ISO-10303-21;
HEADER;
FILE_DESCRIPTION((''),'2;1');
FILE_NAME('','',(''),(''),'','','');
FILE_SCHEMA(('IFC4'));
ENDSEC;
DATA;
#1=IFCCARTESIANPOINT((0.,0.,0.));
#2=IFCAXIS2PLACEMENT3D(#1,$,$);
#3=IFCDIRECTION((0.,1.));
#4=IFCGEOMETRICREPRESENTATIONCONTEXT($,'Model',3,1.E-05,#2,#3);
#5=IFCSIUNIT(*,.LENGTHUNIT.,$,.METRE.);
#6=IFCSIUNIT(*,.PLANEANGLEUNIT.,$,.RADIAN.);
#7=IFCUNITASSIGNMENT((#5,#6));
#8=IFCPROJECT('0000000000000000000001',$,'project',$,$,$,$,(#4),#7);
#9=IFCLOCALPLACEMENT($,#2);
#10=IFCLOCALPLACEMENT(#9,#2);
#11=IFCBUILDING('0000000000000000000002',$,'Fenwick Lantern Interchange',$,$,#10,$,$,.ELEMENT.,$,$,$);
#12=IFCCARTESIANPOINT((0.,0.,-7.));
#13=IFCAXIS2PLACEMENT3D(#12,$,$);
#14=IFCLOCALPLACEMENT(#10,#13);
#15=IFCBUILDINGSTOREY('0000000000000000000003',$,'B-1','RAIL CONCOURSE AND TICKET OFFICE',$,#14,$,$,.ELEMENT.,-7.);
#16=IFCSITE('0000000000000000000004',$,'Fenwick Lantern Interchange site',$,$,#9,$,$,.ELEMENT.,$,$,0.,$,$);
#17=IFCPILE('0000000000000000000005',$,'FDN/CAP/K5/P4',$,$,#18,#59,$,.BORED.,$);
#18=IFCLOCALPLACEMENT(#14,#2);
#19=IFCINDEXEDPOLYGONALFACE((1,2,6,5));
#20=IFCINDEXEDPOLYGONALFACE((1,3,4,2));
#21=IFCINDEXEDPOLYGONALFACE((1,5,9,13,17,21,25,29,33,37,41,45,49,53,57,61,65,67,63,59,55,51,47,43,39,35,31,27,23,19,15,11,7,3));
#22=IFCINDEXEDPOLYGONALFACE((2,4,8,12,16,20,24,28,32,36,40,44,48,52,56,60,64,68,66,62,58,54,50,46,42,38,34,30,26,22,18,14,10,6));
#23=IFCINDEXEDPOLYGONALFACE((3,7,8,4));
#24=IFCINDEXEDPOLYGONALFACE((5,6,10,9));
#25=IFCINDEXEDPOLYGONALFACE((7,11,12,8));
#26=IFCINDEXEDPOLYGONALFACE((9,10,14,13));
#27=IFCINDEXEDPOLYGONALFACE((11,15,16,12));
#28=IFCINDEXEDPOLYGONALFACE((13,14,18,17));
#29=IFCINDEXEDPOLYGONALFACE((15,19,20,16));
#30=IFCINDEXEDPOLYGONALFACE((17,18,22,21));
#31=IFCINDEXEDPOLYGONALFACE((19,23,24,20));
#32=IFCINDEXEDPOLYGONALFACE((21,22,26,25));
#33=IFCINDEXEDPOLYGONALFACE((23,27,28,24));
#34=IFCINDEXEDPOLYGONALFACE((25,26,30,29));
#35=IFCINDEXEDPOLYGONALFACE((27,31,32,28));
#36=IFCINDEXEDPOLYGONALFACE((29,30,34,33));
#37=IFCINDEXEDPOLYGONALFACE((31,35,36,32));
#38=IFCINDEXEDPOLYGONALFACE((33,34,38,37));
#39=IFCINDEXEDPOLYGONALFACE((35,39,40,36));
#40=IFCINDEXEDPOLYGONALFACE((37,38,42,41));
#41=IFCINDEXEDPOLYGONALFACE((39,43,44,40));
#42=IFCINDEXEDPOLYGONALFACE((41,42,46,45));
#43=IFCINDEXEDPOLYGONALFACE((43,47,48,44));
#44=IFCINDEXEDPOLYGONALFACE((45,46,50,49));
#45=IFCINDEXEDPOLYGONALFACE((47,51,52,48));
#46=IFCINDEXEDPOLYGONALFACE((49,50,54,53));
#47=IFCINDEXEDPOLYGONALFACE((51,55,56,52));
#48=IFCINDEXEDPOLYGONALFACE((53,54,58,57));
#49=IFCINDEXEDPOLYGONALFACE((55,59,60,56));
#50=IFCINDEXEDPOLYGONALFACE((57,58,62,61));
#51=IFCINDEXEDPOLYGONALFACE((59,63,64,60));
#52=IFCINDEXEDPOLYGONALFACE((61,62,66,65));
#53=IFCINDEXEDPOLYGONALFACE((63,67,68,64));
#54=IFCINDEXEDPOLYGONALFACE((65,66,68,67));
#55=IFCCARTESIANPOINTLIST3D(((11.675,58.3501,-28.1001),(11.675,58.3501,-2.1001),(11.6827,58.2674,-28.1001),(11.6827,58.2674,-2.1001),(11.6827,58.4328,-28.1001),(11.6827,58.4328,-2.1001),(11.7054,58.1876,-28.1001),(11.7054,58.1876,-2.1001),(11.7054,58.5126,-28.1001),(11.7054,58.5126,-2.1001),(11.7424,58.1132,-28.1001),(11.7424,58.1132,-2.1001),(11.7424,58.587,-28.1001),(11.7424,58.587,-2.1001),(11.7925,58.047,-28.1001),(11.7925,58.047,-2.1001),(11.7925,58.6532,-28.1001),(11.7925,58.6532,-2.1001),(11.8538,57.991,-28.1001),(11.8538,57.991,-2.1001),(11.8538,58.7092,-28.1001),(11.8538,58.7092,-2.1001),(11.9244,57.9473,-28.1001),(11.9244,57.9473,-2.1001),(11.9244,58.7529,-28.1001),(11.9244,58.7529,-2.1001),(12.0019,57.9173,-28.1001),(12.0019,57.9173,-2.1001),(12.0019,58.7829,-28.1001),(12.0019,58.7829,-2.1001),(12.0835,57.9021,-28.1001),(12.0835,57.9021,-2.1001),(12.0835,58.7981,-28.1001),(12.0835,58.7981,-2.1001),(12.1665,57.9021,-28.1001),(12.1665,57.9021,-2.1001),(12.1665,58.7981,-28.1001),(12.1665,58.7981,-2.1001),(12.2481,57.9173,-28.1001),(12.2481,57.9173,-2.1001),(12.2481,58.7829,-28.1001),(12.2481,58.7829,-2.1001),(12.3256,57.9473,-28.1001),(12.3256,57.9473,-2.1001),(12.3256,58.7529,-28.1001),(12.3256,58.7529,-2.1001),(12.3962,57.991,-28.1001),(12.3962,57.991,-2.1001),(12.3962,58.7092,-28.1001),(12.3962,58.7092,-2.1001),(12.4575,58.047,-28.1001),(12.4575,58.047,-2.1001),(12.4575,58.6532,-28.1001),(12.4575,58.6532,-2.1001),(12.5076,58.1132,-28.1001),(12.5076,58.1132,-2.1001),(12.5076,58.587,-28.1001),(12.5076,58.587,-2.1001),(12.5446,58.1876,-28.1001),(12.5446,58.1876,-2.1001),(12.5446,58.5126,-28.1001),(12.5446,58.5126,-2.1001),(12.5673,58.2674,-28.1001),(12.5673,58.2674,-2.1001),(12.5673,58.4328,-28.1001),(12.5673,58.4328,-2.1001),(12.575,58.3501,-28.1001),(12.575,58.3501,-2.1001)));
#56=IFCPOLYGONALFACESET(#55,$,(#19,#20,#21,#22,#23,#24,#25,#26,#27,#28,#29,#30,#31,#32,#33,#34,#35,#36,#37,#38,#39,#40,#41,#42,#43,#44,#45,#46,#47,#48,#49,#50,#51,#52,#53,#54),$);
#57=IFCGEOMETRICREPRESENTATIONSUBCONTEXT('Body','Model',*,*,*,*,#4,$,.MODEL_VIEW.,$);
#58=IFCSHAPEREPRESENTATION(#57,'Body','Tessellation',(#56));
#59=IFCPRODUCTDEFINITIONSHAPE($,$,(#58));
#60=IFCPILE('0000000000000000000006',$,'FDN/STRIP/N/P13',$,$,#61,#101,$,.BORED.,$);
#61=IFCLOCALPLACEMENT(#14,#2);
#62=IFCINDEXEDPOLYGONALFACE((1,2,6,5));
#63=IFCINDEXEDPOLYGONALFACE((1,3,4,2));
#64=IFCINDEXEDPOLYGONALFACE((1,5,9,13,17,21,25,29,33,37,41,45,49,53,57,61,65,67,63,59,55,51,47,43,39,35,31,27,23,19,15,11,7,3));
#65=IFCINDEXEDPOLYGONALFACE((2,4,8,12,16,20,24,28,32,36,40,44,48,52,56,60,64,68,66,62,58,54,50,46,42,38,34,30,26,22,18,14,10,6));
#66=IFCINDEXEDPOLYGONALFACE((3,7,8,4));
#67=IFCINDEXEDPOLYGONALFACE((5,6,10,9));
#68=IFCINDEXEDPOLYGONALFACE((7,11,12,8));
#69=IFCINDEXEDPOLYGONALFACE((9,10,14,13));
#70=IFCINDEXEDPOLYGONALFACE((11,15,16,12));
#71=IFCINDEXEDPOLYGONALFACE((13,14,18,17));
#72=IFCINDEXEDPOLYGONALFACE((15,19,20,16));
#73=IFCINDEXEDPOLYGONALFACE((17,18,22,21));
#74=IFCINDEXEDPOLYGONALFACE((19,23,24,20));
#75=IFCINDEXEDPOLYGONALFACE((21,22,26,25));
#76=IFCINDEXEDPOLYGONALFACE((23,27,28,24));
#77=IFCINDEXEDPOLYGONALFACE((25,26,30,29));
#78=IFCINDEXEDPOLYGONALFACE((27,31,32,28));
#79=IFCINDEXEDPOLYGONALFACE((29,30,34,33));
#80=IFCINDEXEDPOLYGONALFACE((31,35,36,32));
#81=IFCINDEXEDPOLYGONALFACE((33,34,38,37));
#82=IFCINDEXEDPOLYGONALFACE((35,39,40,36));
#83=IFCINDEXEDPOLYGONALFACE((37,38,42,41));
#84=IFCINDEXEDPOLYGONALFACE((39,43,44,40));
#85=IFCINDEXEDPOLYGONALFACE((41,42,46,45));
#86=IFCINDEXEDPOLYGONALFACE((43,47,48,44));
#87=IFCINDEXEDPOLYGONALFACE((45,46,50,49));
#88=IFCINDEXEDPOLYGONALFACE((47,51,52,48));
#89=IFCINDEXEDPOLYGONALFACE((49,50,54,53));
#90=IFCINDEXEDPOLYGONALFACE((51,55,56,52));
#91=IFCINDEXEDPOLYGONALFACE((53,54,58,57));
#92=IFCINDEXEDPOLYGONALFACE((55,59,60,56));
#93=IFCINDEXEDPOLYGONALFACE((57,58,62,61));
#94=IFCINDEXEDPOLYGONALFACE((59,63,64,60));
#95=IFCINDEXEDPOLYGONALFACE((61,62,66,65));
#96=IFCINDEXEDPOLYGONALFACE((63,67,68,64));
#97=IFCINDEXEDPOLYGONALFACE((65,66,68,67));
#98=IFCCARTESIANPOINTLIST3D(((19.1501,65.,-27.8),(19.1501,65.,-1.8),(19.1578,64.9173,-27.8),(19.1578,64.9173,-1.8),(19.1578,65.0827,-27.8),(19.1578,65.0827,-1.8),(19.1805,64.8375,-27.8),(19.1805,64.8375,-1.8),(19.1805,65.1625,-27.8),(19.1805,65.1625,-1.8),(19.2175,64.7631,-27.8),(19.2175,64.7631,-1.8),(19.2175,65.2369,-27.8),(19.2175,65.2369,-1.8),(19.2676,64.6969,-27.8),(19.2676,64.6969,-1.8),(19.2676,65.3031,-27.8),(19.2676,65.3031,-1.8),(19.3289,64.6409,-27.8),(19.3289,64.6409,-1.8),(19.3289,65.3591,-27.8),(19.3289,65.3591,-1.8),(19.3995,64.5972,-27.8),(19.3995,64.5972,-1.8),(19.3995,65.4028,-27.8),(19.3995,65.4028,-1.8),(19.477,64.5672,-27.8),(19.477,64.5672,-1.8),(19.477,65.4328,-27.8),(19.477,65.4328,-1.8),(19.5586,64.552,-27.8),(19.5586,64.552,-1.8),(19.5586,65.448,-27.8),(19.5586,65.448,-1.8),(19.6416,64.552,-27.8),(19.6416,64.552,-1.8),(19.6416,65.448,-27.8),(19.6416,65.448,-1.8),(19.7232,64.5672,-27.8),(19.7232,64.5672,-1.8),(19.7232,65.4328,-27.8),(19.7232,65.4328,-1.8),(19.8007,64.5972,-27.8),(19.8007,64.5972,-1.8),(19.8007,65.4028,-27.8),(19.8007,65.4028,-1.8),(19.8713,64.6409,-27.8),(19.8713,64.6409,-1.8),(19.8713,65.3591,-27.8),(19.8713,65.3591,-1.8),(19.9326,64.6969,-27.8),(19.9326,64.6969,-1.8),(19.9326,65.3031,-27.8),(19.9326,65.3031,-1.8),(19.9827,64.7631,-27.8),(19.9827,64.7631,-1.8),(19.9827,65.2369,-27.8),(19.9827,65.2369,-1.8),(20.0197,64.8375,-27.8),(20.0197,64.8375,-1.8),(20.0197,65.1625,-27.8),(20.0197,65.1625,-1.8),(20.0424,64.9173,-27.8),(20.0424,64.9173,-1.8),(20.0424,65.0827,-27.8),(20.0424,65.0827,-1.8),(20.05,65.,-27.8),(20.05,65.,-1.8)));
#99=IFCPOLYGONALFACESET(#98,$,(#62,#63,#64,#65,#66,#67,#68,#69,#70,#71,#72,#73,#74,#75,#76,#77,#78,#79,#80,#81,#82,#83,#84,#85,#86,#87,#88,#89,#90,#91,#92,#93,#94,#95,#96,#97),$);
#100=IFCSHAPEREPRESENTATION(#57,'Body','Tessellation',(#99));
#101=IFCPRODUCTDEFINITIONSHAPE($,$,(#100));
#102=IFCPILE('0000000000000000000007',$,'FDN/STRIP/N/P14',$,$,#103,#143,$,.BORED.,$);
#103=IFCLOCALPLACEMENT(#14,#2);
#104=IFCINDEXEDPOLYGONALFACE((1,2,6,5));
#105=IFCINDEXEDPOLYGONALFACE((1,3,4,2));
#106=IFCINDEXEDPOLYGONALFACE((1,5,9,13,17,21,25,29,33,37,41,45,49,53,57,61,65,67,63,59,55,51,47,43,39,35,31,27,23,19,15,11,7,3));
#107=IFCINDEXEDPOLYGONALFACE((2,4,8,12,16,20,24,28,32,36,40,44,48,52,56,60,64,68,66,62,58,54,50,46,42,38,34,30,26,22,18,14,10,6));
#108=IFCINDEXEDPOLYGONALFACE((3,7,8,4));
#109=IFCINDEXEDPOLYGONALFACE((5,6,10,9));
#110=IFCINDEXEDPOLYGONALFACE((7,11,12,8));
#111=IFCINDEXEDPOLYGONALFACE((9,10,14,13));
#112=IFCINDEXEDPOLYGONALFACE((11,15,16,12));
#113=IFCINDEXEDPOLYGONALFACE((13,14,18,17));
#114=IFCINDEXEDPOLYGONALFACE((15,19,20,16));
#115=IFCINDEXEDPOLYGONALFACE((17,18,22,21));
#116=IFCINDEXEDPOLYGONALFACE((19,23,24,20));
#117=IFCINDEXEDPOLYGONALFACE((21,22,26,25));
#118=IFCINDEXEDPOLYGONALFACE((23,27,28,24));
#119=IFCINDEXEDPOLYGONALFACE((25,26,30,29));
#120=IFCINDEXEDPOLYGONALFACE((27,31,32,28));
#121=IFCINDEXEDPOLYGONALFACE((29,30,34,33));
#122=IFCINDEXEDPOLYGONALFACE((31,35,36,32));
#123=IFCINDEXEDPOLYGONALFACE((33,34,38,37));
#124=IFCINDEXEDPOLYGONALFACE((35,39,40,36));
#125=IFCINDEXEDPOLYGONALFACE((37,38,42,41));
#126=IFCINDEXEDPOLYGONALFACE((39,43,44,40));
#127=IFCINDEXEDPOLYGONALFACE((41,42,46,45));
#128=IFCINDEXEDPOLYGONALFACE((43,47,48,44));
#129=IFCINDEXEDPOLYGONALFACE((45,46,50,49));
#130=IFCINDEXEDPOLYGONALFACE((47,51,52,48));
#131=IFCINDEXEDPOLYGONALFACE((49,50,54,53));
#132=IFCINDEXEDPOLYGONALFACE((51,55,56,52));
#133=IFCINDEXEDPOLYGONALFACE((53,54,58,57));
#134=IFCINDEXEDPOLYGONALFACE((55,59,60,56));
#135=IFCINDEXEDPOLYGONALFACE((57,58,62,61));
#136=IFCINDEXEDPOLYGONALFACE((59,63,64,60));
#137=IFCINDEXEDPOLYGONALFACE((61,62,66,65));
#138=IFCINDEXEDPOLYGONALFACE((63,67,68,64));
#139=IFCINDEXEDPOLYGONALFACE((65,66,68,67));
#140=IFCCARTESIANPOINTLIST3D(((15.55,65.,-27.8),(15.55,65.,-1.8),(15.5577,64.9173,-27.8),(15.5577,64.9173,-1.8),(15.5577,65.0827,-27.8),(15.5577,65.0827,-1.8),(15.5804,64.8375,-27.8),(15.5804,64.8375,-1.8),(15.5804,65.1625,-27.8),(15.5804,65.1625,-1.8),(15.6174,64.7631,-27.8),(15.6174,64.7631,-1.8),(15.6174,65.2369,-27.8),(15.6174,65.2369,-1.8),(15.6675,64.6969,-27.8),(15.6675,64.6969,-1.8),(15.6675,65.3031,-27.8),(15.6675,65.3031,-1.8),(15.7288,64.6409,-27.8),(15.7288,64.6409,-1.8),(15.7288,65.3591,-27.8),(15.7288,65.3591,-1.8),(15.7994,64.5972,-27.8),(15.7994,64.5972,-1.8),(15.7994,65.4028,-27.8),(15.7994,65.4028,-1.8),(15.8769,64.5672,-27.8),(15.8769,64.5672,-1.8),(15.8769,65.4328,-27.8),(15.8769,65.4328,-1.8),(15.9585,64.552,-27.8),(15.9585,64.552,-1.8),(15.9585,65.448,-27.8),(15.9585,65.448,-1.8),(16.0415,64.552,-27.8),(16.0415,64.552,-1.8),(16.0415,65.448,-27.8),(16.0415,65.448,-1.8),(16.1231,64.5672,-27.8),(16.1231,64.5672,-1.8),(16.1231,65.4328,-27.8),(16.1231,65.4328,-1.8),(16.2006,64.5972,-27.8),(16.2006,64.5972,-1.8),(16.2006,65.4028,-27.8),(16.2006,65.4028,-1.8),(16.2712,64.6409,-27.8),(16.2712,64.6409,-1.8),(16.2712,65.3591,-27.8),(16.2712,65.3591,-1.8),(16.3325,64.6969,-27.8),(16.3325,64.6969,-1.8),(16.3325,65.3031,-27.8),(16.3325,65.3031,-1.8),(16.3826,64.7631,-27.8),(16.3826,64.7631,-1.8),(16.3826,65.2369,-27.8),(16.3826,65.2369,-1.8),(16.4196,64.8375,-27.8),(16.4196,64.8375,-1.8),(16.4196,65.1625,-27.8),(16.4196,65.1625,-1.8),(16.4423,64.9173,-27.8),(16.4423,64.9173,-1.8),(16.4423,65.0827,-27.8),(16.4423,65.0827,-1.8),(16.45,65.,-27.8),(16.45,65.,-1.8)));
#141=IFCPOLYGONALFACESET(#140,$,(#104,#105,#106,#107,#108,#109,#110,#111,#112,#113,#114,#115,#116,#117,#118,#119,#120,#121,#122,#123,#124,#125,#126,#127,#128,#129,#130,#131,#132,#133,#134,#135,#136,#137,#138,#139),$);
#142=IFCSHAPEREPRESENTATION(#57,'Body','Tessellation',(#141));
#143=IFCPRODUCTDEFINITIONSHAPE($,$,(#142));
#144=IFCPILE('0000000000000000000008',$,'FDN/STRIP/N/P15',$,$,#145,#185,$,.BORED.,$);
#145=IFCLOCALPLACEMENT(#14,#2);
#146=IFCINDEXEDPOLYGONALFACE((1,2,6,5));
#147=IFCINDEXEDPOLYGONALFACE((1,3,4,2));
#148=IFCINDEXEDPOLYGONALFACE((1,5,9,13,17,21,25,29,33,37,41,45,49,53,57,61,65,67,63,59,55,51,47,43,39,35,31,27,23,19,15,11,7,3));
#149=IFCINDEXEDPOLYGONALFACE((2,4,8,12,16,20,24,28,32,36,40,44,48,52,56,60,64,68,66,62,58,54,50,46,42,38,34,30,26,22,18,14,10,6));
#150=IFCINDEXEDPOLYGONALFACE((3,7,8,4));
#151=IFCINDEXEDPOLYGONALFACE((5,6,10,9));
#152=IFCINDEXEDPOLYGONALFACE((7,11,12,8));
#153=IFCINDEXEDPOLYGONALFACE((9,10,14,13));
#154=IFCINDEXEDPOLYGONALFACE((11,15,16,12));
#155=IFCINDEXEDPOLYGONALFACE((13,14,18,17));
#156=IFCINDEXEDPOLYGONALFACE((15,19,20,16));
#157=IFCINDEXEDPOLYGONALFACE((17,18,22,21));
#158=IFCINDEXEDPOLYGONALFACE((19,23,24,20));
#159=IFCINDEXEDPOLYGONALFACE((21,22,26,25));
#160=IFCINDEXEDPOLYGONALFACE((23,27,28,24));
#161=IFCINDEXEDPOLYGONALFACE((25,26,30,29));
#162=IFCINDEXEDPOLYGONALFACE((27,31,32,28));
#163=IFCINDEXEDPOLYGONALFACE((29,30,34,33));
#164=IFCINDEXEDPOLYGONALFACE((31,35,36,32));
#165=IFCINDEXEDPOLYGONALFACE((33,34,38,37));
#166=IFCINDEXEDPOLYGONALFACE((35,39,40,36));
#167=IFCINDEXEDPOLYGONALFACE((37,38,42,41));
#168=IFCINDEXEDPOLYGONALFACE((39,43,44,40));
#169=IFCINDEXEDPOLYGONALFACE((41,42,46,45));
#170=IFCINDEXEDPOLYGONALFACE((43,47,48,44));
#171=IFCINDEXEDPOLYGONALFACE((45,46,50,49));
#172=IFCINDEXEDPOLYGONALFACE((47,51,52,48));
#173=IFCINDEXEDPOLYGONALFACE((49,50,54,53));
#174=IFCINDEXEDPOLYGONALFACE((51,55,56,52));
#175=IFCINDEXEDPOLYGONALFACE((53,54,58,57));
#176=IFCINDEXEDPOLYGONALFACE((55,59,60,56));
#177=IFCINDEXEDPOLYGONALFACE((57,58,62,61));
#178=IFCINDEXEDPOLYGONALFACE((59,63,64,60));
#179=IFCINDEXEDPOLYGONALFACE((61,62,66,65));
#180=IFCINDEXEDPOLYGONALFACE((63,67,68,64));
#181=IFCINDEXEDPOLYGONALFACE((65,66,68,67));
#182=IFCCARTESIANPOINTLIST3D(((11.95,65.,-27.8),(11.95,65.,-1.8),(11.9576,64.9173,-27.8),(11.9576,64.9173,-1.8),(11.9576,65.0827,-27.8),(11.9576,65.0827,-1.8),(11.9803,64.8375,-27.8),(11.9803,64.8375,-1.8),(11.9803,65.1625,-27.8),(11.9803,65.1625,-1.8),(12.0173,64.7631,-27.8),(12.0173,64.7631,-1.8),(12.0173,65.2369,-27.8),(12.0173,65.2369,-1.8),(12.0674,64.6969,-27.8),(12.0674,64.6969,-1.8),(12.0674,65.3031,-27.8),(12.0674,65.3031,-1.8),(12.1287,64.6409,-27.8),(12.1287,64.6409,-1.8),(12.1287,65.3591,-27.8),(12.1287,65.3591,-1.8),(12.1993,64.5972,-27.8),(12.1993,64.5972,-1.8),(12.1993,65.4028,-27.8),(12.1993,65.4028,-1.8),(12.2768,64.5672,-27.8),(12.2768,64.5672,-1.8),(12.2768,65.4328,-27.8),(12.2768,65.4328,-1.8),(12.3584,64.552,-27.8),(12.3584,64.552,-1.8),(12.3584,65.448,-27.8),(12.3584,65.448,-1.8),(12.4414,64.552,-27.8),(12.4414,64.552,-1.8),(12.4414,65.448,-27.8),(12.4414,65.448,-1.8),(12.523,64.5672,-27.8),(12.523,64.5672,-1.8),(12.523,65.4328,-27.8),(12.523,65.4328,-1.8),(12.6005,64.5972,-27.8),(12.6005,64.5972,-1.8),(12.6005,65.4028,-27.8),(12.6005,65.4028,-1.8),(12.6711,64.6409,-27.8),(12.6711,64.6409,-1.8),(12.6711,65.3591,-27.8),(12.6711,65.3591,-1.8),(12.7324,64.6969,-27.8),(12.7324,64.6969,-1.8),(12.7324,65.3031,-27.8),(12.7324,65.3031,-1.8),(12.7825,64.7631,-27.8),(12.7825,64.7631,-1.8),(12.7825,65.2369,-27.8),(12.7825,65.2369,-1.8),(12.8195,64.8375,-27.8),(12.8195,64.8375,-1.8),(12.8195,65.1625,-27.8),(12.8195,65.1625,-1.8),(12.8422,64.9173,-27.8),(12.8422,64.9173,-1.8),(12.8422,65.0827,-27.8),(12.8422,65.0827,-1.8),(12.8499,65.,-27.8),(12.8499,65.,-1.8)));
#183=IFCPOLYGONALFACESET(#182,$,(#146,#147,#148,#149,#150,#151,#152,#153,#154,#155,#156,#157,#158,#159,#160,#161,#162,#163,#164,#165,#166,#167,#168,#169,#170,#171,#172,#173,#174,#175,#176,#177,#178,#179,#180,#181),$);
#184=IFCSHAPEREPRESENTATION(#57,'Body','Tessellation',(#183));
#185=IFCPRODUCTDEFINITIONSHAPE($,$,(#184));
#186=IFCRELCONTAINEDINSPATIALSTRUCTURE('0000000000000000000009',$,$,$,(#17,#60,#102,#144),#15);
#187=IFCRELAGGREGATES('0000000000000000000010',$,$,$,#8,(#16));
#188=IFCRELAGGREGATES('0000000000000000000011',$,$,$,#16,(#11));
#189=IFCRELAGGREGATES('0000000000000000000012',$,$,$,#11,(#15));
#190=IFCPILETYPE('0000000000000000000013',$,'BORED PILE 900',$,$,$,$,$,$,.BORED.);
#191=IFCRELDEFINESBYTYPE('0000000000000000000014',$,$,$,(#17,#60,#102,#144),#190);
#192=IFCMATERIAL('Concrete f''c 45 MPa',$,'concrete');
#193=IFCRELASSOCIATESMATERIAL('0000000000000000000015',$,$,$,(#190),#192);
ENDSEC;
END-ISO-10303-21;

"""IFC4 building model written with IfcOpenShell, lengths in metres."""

from ifc_helpers import new_model, si_unit, direction, frame, origin, origin_2d, place, context, subcontext, project, spatial, circle, extrude, material, type_object, element, save


model = new_model("IFC4")

# Units and contexts
model_context = context("Model", 3, precision=1e-05, world=origin(), true_north=direction((0.0, 1.0)))
body_context = subcontext(model_context, "Body", "Model", "MODEL_VIEW")
ifc_project = project(units=[si_unit("LENGTHUNIT", "METRE"), si_unit("PLANEANGLEUNIT", "RADIAN")], contexts=[model_context])

# Site, building, storey
site_placement = place(None, origin())
site = spatial("IfcSite", under=ifc_project, at=site_placement, Name="Fenwick Lantern Interchange site", CompositionType="ELEMENT", RefElevation=0.0)
building_placement = place(site_placement, origin())
building = spatial("IfcBuilding", under=site, at=building_placement, Name="Fenwick Lantern Interchange", CompositionType="ELEMENT")
storey_placement = place(building_placement, frame((0.0, 0.0, -7.0)))
storey = spatial("IfcBuildingStorey", under=building, at=storey_placement, Name="B-1", Description="RAIL CONCOURSE AND TICKET OFFICE", CompositionType="ELEMENT", Elevation=-7.0)

# Piles
ifc_material_1 = material(Name="Concrete f'c 45 MPa", Category="concrete")
pile_type = type_object("IfcPileType", Name="BORED PILE 900", PredefinedType="BORED", material=ifc_material_1)
for number, where, z_axis, x_axis, name in (
    (1, (12.125, 58.3501, -2.1001), (0.0, 0.0, -1.0), (1.0, 0.0, 0.0), "FDN/CAP/K5/P4"),
    (2, (19.6001, 65.0, -1.8), (0.0, 0.0, -1.0), (1.0, 0.0, 0.0), "FDN/STRIP/N/P13"),
    (3, (16.0, 65.0, -1.8), (0.0, 0.0, -1.0), (1.0, 0.0, 0.0), "FDN/STRIP/N/P14"),
    (4, (12.3999, 65.0, -1.8), (0.0, 0.0, -1.0), (1.0, 0.0, 0.0), "FDN/STRIP/N/P15"),
):
    element("IfcPile", number, at=place(storey_placement, frame(where, z_axis=z_axis, x_axis=x_axis)), inside=storey, type_object=pile_type, Name=name, PredefinedType="BORED", context=body_context, shape_type="SweptSolid", body=[
        extrude(circle(Radius=0.45, at=origin_2d()), origin(), (0.0, 0.0, 1.0), 26.0),
    ])

save(model, "model.ifc")
